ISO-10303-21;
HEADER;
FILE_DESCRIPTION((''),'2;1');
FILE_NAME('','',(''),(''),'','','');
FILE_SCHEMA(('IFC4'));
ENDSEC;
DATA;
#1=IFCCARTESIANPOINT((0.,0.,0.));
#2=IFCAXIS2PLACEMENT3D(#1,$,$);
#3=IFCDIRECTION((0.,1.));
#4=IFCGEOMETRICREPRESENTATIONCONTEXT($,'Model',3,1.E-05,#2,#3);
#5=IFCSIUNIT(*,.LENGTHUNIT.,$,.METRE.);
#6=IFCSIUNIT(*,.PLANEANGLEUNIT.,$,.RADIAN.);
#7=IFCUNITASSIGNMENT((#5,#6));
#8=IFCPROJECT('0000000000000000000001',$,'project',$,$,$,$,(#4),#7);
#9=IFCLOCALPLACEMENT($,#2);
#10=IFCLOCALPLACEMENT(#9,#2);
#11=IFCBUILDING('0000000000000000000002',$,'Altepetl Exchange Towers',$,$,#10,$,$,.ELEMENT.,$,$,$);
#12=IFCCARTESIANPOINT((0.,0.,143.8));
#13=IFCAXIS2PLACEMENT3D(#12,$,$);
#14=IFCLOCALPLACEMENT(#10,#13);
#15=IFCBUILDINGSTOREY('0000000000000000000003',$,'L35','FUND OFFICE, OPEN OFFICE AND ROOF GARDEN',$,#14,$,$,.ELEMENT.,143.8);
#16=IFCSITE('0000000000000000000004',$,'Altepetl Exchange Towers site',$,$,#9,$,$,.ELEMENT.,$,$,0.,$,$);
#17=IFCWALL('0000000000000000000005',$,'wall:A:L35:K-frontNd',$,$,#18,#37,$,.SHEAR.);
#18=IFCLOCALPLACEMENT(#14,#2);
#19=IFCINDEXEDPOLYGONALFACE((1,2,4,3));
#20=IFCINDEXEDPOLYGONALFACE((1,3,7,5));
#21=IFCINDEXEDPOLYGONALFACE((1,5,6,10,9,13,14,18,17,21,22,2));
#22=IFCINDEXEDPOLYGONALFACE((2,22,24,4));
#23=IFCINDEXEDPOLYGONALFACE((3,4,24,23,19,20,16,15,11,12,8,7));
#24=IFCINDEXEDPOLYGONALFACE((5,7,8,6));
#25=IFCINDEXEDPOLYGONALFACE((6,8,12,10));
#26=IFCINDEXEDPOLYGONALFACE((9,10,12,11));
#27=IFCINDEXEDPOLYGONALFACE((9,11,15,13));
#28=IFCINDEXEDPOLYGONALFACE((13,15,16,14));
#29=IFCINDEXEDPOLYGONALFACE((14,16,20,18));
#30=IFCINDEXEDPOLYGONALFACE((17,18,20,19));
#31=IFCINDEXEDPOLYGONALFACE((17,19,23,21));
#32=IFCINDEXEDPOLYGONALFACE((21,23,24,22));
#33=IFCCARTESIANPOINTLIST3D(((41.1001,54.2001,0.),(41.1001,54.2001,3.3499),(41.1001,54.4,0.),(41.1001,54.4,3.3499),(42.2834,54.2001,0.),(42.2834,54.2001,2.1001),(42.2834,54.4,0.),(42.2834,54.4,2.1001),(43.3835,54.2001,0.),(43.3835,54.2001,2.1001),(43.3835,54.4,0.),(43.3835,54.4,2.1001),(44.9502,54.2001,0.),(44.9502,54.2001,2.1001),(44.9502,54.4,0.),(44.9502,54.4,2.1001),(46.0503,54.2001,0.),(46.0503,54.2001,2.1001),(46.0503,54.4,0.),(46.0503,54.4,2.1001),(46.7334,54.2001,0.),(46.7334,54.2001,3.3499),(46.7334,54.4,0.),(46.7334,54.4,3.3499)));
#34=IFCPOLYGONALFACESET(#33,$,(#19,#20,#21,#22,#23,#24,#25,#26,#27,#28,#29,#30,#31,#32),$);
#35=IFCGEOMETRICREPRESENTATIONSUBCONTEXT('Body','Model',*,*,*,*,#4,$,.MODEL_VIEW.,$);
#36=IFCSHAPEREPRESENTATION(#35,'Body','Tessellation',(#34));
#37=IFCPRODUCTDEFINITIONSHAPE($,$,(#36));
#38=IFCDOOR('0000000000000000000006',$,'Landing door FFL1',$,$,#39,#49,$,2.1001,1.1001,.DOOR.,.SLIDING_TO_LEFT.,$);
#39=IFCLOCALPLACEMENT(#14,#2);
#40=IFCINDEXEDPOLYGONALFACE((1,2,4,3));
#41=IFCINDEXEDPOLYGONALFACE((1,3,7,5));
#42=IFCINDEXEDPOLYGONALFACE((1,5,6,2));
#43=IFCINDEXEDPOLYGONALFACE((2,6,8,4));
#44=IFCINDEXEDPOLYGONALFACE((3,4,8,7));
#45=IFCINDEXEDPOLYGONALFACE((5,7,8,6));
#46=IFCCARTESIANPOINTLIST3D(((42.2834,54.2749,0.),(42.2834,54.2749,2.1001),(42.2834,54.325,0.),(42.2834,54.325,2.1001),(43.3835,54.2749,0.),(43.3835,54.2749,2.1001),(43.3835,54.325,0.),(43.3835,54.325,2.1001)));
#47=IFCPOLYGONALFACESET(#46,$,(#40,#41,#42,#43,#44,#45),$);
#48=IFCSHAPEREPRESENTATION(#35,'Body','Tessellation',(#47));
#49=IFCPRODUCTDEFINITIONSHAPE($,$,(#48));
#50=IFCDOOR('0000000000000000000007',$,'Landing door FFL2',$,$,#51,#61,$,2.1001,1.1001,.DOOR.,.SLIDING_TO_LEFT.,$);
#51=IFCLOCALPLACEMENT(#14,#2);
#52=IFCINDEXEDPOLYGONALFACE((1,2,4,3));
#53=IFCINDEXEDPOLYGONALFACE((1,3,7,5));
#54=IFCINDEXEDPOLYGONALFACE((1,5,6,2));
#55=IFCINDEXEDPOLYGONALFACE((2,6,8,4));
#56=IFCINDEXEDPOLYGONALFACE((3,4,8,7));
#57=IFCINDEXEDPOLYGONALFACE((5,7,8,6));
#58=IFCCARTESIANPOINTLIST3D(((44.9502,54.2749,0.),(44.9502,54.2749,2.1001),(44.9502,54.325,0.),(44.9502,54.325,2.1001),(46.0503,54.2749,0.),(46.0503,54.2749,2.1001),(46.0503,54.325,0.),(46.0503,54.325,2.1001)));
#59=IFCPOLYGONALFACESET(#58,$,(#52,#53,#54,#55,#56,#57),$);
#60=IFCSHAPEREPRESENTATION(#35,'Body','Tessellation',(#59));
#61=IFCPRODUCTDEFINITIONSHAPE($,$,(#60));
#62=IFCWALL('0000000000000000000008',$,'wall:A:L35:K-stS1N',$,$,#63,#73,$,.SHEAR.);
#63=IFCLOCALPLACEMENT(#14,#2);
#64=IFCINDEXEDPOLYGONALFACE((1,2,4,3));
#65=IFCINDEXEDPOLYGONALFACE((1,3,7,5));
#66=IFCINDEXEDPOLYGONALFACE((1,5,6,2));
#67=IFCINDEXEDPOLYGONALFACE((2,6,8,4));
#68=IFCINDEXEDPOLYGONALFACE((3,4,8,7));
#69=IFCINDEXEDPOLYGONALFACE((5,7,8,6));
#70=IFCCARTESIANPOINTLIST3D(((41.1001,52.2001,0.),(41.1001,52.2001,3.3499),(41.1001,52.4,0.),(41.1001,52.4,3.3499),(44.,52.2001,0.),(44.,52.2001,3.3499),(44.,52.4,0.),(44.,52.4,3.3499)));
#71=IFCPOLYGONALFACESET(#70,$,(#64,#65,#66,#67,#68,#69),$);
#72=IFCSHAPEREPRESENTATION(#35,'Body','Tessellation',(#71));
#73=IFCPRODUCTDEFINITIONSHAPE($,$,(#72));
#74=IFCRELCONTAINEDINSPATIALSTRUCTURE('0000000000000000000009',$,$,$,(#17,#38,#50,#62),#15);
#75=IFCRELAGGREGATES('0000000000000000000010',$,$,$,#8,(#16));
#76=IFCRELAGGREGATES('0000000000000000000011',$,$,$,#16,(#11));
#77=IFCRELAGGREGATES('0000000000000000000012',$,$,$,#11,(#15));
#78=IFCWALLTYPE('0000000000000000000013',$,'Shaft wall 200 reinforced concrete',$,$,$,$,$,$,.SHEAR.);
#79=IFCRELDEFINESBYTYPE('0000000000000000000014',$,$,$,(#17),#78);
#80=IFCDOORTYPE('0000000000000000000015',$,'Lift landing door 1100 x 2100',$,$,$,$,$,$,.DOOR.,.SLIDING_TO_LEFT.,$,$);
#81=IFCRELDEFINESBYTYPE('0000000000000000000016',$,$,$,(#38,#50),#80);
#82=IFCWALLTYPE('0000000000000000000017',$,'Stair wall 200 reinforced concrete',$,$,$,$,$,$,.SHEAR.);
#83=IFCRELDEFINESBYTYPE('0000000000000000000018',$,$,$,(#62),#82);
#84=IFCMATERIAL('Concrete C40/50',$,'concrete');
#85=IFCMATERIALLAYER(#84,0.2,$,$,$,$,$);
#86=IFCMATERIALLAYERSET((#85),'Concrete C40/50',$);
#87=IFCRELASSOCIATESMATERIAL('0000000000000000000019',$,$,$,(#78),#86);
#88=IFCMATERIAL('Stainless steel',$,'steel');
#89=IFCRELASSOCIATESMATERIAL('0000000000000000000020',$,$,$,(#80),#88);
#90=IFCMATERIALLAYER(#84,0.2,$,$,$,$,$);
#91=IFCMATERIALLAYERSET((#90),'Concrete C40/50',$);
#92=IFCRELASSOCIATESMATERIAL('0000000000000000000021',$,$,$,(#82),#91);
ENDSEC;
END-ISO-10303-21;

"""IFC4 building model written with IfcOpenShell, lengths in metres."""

from ifc_helpers import new_model, si_unit, direction, frame, frame_2d, origin, place, context, subcontext, project, spatial, rectangle, extrude, material, layer, layer_set, type_object, element, fill, save


model = new_model("IFC4")

# Units and contexts
model_context = context("Model", 3, precision=1e-05, world=origin(), true_north=direction((0.0, 1.0)))
body_context = subcontext(model_context, "Body", "Model", "MODEL_VIEW")
ifc_project = project(units=[si_unit("LENGTHUNIT", "METRE"), si_unit("PLANEANGLEUNIT", "RADIAN")], contexts=[model_context])

# Site, building, storey
site_placement = place(None, origin())
site = spatial("IfcSite", under=ifc_project, at=site_placement, Name="Altepetl Exchange Towers site", CompositionType="ELEMENT", RefElevation=0.0)
building_placement = place(site_placement, origin())
building = spatial("IfcBuilding", under=site, at=building_placement, Name="Altepetl Exchange Towers", CompositionType="ELEMENT")
storey_placement = place(building_placement, frame((0.0, 0.0, 143.8)))
storey = spatial("IfcBuildingStorey", under=building, at=storey_placement, Name="L35", Description="FUND OFFICE, OPEN OFFICE AND ROOF GARDEN", CompositionType="ELEMENT", Elevation=143.8)

# Shared definitions
ifc_material_1 = material(Name="Concrete C40/50", Category="concrete")
ifc_layer_1 = layer(ifc_material_1, 0.2)
ifc_layer_set_1 = layer_set([ifc_layer_1], Name="Concrete C40/50")
wall_type_1 = type_object("IfcWallType", Name="Shaft wall 200 reinforced concrete", PredefinedType="SHEAR", material=ifc_layer_set_1)

# Wall, openings, doors
ifc_material_2 = material(Name="Stainless steel", Category="steel")
wall_1_placement = place(storey_placement, frame((41.1001, 54.3, 0.0)))
wall_1 = element("IfcWall", 1, at=wall_1_placement, inside=storey, type_object=wall_type_1, Name="wall:A:L35:K-frontNd", PredefinedType="SHEAR", context=body_context, shape_type="SweptSolid", body=[
    extrude(rectangle(XDim=5.6333, YDim=0.2, at=frame_2d((2.8167, 0.0))), origin(), (0.0, 0.0, 1.0), 3.3499),
])
opening_1_placement = place(wall_1_placement, frame((1.1833, 0.0, 0.0)))
opening_1 = element("IfcOpeningElement", 2, at=opening_1_placement, cuts=wall_1, PredefinedType="OPENING", context=body_context, shape_type="SweptSolid", body=[
    extrude(rectangle(XDim=1.1001, YDim=2.1001, at=frame_2d((0.55, 1.05))), frame((0.0, 0.1099, 0.0), z_axis=(0.0, -1.0, 0.0), x_axis=(1.0, 0.0, 0.0)), (0.0, 0.0, 1.0), 0.22),
])
opening_2_placement = place(wall_1_placement, frame((3.8501, 0.0, 0.0)))
opening_2 = element("IfcOpeningElement", 3, at=opening_2_placement, cuts=wall_1, PredefinedType="OPENING", context=body_context, shape_type="SweptSolid", body=[
    extrude(rectangle(XDim=1.1001, YDim=2.1001, at=frame_2d((0.55, 1.05))), frame((0.0, 0.1099, 0.0), z_axis=(0.0, -1.0, 0.0), x_axis=(1.0, 0.0, 0.0)), (0.0, 0.0, 1.0), 0.22),
])
door_type_1 = type_object("IfcDoorType", Name="Lift landing door 1100 x 2100", OperationType="SLIDING_TO_LEFT", PredefinedType="DOOR", material=ifc_material_2)
door_1_placement = place(opening_1_placement, origin())
door_1 = element("IfcDoor", 4, at=door_1_placement, inside=storey, type_object=door_type_1, Name="Landing door FFL1", OperationType="SLIDING_TO_LEFT", OverallHeight=2.1001, OverallWidth=1.1001, PredefinedType="DOOR", context=body_context, shape_type="SweptSolid", body=[
    extrude(rectangle(XDim=1.1001, YDim=2.1001, at=frame_2d((0.55, 1.05))), frame((0.0, 0.0249, 0.0), z_axis=(0.0, -1.0, 0.0), x_axis=(1.0, 0.0, 0.0)), (0.0, 0.0, 1.0), 0.05),
])
fill(opening_1, door_1)
door_2_placement = place(opening_2_placement, origin())
door_2 = element("IfcDoor", 5, at=door_2_placement, inside=storey, type_object=door_type_1, Name="Landing door FFL2", OperationType="SLIDING_TO_LEFT", OverallHeight=2.1001, OverallWidth=1.1001, PredefinedType="DOOR", context=body_context, shape_type="SweptSolid", body=[
    extrude(rectangle(XDim=1.1001, YDim=2.1001, at=frame_2d((0.55, 1.05))), frame((0.0, 0.0249, 0.0), z_axis=(0.0, -1.0, 0.0), x_axis=(1.0, 0.0, 0.0)), (0.0, 0.0, 1.0), 0.05),
])
fill(opening_2, door_2)

# Wall
ifc_layer_2 = layer(ifc_material_1, 0.2)
ifc_layer_set_2 = layer_set([ifc_layer_2], Name="Concrete C40/50")
wall_type_2 = type_object("IfcWallType", Name="Stair wall 200 reinforced concrete", PredefinedType="SHEAR", material=ifc_layer_set_2)
wall_2_placement = place(storey_placement, frame((41.1001, 52.3, 0.0)))
element("IfcWall", 6, at=wall_2_placement, inside=storey, type_object=wall_type_2, Name="wall:A:L35:K-stS1N", PredefinedType="SHEAR", context=body_context, shape_type="SweptSolid", body=[
    extrude(rectangle(XDim=2.8999, YDim=0.2, at=frame_2d((1.45, 0.0))), origin(), (0.0, 0.0, 1.0), 3.3499),
])

save(model, "model.ifc")
